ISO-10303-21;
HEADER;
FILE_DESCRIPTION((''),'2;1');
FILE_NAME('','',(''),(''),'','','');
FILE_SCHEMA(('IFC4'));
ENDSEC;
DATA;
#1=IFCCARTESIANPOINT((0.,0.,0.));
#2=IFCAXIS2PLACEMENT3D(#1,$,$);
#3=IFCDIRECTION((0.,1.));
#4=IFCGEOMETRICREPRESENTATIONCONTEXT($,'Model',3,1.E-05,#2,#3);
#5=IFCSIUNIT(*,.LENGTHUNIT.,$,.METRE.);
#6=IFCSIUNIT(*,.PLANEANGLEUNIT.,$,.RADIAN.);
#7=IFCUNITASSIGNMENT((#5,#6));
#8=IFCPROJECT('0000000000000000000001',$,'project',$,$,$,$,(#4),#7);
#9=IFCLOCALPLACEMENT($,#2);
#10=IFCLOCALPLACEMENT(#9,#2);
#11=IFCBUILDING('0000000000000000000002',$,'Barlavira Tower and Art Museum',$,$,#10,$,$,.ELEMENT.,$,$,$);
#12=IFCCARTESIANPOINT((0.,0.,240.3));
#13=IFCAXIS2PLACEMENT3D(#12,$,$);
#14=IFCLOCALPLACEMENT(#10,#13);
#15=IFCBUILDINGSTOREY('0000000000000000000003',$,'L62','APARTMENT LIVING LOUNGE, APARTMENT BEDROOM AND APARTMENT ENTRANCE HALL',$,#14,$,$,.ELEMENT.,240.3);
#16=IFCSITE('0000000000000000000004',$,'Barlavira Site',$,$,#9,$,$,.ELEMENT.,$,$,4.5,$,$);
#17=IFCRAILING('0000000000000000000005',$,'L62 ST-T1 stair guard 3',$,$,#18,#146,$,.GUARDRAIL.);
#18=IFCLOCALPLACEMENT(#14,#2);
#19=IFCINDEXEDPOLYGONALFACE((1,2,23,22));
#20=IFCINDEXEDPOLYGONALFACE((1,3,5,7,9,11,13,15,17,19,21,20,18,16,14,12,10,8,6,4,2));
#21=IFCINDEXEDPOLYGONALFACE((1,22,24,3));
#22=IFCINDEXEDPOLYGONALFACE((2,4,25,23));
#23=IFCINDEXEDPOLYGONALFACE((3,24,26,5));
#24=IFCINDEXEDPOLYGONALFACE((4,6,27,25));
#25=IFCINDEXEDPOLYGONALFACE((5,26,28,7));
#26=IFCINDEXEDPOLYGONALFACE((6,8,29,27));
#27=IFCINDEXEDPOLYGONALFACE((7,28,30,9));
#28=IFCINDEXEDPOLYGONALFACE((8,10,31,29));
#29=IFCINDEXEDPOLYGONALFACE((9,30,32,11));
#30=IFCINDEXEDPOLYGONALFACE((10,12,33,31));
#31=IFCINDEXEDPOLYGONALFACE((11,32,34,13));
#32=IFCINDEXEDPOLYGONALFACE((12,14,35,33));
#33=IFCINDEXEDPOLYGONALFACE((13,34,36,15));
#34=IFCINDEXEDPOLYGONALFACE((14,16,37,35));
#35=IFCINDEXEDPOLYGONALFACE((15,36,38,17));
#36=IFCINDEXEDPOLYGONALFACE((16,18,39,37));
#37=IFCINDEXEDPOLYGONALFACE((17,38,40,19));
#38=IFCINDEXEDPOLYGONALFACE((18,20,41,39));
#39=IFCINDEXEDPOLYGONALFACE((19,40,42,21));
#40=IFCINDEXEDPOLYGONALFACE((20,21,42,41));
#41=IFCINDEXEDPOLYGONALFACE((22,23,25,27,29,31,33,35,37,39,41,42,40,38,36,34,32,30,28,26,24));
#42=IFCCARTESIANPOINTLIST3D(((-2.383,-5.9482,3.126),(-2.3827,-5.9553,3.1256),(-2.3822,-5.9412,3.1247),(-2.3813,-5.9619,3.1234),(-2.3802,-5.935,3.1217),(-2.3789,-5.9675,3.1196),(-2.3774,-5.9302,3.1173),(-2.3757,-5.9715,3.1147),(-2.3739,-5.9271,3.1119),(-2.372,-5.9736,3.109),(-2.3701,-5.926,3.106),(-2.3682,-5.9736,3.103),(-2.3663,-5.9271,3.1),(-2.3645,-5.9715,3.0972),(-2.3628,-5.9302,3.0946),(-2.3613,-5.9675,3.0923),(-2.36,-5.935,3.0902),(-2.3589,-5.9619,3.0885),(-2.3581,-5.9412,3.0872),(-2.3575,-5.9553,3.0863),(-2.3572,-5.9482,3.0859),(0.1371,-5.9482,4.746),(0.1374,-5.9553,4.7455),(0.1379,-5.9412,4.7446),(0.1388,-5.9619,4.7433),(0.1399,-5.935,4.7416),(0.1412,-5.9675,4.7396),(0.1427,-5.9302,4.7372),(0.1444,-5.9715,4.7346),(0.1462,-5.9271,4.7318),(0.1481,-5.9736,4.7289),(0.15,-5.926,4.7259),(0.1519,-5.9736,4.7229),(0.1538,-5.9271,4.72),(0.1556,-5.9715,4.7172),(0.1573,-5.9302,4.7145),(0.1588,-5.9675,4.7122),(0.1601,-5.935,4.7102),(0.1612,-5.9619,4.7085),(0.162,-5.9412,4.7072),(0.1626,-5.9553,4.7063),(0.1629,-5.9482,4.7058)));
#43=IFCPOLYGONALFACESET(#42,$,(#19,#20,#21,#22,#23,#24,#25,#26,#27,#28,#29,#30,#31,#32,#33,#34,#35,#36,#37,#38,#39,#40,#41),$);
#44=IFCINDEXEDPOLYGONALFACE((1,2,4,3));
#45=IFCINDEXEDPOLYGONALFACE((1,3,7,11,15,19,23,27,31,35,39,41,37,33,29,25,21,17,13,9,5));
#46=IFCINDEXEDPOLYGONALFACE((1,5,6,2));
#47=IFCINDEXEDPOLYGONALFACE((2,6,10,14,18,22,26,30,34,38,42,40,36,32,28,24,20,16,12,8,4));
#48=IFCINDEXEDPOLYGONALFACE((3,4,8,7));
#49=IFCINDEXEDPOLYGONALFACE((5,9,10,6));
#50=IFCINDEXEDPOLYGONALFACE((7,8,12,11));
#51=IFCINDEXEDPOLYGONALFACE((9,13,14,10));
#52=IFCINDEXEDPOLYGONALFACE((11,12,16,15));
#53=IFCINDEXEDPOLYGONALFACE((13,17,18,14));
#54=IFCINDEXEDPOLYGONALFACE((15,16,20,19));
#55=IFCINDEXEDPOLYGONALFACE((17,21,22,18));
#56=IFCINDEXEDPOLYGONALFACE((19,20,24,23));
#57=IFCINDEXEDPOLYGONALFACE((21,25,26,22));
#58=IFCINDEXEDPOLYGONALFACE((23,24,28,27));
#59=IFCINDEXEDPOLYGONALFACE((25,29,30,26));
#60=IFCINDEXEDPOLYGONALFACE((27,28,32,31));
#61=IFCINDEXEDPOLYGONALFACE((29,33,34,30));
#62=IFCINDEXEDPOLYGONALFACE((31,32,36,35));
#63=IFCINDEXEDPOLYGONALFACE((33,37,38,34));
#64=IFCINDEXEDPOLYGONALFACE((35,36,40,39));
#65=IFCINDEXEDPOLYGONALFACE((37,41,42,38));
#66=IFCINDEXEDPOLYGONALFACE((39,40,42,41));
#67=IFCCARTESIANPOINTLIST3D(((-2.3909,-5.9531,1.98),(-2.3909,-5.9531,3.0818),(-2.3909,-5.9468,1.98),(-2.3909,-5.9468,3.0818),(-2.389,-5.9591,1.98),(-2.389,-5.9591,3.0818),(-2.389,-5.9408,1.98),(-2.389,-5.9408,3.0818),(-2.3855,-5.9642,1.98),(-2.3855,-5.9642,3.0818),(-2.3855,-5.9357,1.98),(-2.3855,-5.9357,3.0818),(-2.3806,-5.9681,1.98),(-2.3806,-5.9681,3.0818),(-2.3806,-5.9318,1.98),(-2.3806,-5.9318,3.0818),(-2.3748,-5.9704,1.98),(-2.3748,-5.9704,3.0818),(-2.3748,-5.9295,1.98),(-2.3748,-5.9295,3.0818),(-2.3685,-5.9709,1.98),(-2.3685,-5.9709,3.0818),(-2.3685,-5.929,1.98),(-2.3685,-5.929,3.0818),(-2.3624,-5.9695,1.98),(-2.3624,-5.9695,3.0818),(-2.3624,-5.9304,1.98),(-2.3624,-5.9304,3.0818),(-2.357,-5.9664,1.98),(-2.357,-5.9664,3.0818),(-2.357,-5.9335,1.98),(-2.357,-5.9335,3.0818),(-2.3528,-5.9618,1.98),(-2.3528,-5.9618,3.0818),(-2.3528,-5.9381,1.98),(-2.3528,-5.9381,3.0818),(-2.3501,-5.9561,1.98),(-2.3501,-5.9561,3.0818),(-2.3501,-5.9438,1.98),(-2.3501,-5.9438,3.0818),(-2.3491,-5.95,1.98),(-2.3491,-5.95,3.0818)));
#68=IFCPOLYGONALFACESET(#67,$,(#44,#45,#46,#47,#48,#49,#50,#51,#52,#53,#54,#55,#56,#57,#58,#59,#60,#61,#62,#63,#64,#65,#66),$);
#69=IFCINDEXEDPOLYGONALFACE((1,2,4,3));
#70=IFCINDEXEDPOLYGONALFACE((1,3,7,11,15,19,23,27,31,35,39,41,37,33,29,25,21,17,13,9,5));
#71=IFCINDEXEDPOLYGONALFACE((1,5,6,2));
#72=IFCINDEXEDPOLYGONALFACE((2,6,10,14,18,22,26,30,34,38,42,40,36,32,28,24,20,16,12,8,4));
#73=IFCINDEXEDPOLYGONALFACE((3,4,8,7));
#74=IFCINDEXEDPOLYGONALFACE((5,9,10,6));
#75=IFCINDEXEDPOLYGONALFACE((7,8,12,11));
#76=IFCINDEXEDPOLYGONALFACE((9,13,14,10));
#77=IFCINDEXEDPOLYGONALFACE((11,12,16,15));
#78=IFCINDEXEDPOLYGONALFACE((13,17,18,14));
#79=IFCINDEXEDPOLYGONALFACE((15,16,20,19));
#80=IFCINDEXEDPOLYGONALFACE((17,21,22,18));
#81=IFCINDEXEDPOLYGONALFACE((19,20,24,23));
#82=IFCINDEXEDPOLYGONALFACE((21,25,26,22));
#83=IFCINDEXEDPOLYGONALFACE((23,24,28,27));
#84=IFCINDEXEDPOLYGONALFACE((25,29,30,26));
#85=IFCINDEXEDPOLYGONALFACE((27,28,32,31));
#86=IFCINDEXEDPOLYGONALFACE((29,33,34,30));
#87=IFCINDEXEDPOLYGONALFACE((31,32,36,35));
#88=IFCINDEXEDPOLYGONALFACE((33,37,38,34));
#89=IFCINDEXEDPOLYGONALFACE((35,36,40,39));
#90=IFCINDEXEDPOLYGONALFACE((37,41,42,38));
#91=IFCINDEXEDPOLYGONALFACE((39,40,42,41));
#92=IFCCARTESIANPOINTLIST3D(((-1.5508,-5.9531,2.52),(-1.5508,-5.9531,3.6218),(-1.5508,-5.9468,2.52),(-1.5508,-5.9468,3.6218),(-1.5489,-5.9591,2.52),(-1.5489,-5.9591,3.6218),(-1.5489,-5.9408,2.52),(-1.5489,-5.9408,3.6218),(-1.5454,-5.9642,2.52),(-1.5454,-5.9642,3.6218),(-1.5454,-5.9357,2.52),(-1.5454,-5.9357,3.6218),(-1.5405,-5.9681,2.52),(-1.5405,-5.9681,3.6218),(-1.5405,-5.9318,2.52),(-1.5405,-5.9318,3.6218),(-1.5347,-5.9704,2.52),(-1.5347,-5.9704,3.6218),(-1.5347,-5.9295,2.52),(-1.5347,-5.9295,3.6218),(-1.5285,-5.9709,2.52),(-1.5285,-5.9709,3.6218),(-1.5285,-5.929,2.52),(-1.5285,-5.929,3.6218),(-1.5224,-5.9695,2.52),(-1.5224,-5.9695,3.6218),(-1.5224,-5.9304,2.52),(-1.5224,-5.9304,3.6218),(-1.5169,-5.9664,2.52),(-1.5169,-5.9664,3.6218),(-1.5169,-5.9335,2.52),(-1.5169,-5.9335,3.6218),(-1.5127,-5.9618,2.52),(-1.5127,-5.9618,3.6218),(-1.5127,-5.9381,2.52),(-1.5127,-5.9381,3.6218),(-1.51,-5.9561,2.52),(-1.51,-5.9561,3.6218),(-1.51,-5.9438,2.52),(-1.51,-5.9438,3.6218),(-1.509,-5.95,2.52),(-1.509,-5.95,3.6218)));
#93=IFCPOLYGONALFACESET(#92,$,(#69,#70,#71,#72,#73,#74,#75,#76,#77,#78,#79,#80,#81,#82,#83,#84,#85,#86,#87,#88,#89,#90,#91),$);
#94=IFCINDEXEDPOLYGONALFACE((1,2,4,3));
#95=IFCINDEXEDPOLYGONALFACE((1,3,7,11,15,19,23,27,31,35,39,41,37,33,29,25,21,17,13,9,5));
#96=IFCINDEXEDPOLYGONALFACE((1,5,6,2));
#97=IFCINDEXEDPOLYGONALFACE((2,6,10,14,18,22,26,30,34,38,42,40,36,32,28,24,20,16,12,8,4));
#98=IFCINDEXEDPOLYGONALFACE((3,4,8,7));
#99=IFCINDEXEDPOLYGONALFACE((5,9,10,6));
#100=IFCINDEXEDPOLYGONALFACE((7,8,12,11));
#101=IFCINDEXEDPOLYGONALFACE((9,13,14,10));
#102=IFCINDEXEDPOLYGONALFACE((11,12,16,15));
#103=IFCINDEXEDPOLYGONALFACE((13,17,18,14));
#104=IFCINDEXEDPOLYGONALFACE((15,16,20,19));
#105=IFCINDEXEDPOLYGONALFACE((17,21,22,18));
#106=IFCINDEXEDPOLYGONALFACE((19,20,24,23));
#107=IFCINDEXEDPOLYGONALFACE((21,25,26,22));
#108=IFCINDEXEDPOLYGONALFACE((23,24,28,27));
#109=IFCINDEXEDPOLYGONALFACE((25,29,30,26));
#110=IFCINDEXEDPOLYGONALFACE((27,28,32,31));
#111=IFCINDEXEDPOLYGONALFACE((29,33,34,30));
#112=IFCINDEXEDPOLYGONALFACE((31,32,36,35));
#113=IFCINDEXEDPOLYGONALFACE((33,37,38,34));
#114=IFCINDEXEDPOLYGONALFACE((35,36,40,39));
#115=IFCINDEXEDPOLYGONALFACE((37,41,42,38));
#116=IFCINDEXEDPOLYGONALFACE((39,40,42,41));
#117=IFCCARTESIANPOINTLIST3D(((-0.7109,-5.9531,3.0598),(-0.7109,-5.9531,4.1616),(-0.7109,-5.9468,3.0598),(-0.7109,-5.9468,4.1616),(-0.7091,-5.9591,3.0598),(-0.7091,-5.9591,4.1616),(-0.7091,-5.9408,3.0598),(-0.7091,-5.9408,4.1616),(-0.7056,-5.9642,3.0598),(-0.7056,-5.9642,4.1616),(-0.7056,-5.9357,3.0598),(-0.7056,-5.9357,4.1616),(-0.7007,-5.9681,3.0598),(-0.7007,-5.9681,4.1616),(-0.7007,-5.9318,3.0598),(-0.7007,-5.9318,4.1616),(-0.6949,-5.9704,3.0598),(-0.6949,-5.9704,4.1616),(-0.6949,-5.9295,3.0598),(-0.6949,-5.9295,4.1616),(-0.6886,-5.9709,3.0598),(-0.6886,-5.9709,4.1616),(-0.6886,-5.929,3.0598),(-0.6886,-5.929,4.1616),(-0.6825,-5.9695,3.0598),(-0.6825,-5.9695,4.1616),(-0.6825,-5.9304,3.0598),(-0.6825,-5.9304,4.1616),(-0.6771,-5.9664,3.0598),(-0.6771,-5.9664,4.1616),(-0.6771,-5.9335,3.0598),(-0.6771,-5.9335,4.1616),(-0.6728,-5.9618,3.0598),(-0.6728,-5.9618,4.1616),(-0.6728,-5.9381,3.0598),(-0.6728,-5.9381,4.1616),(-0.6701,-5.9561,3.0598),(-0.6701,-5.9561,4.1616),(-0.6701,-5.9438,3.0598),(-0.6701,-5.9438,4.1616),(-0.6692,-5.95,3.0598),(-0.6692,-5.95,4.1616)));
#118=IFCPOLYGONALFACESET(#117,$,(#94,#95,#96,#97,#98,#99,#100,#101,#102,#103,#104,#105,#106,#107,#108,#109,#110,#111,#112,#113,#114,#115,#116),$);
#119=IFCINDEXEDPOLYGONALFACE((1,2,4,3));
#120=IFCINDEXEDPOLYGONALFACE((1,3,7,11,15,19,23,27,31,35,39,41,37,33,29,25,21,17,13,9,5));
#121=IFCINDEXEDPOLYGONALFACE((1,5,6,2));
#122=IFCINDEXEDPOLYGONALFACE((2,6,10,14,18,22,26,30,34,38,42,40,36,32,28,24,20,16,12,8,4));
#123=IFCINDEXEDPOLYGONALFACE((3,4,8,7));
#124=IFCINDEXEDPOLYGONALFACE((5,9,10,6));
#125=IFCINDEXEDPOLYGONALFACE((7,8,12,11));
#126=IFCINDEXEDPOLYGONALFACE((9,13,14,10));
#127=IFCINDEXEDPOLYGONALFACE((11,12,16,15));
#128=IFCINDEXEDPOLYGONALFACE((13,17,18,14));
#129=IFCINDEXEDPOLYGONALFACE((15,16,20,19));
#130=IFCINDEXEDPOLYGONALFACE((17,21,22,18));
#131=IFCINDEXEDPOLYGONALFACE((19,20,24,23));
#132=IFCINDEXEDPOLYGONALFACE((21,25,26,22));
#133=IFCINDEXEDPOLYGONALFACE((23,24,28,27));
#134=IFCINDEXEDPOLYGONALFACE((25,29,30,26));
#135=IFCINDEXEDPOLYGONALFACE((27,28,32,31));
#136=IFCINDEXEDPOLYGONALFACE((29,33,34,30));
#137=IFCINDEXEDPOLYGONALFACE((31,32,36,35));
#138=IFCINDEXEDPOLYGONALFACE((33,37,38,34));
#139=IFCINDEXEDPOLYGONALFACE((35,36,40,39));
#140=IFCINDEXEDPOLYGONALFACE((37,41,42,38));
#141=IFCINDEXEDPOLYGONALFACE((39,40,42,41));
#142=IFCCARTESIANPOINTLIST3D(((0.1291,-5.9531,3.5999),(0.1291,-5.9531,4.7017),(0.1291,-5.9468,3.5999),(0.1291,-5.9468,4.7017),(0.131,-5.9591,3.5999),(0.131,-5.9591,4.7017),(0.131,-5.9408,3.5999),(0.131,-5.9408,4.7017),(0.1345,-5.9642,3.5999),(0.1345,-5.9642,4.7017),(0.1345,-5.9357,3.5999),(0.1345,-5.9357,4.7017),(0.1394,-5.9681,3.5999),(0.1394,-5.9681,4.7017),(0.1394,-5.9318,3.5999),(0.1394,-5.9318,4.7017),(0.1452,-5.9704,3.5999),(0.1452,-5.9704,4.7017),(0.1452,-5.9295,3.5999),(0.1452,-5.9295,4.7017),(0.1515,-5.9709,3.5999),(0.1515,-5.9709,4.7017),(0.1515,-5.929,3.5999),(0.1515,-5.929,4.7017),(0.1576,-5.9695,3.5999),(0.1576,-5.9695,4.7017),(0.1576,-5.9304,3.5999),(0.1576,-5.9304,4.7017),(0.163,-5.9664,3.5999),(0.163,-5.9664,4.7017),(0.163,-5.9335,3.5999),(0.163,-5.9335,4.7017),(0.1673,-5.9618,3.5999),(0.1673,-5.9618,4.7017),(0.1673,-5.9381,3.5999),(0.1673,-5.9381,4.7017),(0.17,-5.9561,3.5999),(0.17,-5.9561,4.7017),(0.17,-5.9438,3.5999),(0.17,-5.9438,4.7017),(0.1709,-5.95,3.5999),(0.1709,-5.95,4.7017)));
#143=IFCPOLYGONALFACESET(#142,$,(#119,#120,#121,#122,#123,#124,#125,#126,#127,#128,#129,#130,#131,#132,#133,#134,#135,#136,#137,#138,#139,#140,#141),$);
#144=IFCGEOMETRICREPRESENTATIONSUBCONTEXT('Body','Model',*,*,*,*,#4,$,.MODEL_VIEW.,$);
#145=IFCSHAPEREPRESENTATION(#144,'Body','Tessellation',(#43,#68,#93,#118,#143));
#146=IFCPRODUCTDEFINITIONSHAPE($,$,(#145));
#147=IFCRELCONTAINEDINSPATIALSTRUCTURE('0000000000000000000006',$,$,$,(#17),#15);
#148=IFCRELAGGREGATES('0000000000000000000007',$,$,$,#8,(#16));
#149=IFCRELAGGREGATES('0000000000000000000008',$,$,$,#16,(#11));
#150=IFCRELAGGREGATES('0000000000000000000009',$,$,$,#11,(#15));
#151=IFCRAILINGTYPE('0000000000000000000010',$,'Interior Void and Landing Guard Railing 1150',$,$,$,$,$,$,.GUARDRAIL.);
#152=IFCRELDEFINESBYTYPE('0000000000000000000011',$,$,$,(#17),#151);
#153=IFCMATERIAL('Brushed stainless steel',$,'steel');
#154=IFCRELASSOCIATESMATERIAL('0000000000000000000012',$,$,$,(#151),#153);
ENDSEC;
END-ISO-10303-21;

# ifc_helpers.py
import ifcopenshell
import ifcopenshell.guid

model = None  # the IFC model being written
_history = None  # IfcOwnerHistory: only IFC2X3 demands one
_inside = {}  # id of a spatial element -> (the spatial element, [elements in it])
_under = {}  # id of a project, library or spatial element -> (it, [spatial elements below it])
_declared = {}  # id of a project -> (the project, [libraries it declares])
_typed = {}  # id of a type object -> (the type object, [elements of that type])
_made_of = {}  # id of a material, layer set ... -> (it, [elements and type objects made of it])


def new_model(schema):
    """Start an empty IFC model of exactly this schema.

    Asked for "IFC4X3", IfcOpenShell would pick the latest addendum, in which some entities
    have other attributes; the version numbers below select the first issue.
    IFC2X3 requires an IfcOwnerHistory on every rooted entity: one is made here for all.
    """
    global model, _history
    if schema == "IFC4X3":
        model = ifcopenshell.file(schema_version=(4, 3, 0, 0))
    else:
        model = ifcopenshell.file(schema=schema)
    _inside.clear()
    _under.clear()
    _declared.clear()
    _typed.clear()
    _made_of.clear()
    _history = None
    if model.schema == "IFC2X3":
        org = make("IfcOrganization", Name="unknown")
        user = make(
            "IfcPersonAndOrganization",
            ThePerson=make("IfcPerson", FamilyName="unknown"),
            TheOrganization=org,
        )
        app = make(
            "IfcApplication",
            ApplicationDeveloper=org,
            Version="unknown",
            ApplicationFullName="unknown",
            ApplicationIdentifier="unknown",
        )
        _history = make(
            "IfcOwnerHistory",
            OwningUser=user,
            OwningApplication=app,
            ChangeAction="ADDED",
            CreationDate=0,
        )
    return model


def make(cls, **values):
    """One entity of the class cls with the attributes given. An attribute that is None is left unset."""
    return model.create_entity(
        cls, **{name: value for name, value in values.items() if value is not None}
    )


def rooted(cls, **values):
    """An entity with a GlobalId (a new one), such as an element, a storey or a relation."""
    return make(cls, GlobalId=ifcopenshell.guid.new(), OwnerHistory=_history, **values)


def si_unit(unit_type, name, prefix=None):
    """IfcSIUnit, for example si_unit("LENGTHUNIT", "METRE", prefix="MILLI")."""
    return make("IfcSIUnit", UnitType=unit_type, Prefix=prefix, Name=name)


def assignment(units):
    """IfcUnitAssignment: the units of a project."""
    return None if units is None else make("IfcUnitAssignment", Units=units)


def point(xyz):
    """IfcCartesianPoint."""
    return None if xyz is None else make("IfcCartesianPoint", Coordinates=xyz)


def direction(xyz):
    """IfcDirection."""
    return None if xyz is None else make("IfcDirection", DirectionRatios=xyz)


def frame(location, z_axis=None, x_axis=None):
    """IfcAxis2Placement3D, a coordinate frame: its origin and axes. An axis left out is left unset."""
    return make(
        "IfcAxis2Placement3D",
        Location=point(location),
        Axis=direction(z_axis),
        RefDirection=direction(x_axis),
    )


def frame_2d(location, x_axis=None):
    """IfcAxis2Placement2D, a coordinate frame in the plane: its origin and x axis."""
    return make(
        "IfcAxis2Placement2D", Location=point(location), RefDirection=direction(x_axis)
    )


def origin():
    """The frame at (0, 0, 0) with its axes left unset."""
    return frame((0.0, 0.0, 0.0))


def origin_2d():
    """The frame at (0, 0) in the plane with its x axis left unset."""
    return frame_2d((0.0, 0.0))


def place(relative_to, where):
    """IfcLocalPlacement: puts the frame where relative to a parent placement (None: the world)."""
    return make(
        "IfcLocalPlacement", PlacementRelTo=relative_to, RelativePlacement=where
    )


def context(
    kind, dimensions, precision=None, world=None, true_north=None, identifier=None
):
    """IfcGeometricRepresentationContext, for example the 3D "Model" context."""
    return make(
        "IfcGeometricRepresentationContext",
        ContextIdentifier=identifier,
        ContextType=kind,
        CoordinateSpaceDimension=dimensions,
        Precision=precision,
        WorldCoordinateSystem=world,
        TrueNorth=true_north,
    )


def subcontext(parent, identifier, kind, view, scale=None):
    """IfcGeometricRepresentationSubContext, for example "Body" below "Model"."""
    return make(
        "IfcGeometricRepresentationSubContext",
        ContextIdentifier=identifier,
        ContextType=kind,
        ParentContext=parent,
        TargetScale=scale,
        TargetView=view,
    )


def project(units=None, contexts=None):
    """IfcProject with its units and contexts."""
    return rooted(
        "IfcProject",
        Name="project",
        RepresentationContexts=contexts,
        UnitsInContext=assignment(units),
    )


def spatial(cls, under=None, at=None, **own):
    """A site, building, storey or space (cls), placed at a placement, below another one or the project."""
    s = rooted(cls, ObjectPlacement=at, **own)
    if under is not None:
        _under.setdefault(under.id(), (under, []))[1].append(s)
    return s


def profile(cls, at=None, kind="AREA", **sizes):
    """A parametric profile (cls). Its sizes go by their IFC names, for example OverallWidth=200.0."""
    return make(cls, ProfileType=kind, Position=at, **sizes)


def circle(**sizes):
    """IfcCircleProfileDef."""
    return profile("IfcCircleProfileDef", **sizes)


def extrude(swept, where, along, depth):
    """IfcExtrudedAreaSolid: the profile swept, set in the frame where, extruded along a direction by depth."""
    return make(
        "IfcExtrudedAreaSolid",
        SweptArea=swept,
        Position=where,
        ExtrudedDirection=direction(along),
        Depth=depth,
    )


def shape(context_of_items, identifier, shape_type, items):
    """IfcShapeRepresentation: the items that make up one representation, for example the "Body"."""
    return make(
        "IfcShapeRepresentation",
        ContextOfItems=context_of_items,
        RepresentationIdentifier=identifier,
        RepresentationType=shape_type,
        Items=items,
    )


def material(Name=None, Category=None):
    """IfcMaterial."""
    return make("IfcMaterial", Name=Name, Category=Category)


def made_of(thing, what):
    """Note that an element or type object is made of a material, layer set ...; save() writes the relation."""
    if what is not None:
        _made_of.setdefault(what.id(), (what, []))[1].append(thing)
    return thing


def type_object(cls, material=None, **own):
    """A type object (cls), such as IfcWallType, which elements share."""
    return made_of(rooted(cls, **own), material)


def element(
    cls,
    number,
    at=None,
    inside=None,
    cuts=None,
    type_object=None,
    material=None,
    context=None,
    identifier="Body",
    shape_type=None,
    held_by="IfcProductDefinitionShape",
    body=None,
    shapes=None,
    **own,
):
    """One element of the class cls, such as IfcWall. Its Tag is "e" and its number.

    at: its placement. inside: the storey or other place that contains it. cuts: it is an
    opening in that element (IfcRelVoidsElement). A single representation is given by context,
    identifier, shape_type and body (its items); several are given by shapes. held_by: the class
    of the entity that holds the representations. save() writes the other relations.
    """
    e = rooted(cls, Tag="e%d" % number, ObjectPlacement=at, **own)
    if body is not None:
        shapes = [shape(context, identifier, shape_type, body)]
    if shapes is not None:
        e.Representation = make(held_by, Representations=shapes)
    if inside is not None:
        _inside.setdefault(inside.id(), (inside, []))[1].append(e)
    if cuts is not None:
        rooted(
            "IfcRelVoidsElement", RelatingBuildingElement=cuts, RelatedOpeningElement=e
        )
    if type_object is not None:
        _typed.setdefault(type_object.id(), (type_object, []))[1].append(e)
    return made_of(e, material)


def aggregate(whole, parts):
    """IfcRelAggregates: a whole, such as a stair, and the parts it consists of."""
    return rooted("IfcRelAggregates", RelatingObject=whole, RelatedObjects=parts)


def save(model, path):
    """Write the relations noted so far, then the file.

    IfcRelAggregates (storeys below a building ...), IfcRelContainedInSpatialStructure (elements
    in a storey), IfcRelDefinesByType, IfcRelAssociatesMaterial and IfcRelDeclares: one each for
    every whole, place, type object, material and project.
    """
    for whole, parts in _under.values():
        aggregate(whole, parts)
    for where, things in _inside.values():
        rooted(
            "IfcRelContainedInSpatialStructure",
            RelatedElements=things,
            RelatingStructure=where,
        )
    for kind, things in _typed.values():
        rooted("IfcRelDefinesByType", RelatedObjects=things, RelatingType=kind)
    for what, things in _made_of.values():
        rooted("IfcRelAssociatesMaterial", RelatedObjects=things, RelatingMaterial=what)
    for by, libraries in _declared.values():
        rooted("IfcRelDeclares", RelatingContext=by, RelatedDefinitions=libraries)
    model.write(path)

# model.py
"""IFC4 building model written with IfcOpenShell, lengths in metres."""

from ifc_helpers import new_model, si_unit, direction, frame, origin, origin_2d, place, context, subcontext, project, spatial, circle, extrude, material, type_object, element, save


model = new_model("IFC4")

# Units and contexts
model_context = context("Model", 3, precision=1e-05, world=origin(), true_north=direction((0.0, 1.0)))
body_context = subcontext(model_context, "Body", "Model", "MODEL_VIEW")
ifc_project = project(units=[si_unit("LENGTHUNIT", "METRE"), si_unit("PLANEANGLEUNIT", "RADIAN")], contexts=[model_context])

# Site, building, storey
site_placement = place(None, origin())
site = spatial("IfcSite", under=ifc_project, at=site_placement, Name="Barlavira Site", CompositionType="ELEMENT", RefElevation=4.5)
building_placement = place(site_placement, origin())
building = spatial("IfcBuilding", under=site, at=building_placement, Name="Barlavira Tower and Art Museum", CompositionType="ELEMENT")
storey_placement = place(building_placement, frame((0.0, 0.0, 240.3)))
storey = spatial("IfcBuildingStorey", under=building, at=storey_placement, Name="L62", Description="APARTMENT LIVING LOUNGE, APARTMENT BEDROOM AND APARTMENT ENTRANCE HALL", CompositionType="ELEMENT", Elevation=240.3)

# Shared definitions
ifc_material_1 = material(Name="Brushed stainless steel", Category="steel")

# Railing
railing_type_1 = type_object("IfcRailingType", Name="Interior Void and Landing Guard Railing 1150", PredefinedType="GUARDRAIL", material=ifc_material_1)
railing_1_placement = place(storey_placement, frame((-2.3701, -5.95, 1.98)))
element("IfcRailing", 1, at=railing_1_placement, inside=storey, type_object=railing_type_1, Name="L62 ST-T1 stair guard 3", PredefinedType="GUARDRAIL", context=body_context, shape_type="SweptSolid", body=[
    extrude(circle(Radius=0.0239, at=origin_2d()), frame((0.0, 0.0, 1.126), z_axis=(0.8412, 0.0, 0.540725), x_axis=(0.0, 1.0, 0.0)), (0.0, 0.0, 1.0), 2.9958),
    extrude(circle(Radius=0.021, at=origin_2d()), origin(), (0.0, 0.0, 1.0), 1.1018),
    extrude(circle(Radius=0.021, at=origin_2d()), frame((0.8401, 0.0, 0.54)), (0.0, 0.0, 1.0), 1.1018),
    extrude(circle(Radius=0.021, at=origin_2d()), frame((1.6799, 0.0, 1.0798)), (0.0, 0.0, 1.0), 1.1018),
    extrude(circle(Radius=0.021, at=origin_2d()), frame((2.52, 0.0, 1.6199)), (0.0, 0.0, 1.0), 1.1018),
])

save(model, "model.ifc")
